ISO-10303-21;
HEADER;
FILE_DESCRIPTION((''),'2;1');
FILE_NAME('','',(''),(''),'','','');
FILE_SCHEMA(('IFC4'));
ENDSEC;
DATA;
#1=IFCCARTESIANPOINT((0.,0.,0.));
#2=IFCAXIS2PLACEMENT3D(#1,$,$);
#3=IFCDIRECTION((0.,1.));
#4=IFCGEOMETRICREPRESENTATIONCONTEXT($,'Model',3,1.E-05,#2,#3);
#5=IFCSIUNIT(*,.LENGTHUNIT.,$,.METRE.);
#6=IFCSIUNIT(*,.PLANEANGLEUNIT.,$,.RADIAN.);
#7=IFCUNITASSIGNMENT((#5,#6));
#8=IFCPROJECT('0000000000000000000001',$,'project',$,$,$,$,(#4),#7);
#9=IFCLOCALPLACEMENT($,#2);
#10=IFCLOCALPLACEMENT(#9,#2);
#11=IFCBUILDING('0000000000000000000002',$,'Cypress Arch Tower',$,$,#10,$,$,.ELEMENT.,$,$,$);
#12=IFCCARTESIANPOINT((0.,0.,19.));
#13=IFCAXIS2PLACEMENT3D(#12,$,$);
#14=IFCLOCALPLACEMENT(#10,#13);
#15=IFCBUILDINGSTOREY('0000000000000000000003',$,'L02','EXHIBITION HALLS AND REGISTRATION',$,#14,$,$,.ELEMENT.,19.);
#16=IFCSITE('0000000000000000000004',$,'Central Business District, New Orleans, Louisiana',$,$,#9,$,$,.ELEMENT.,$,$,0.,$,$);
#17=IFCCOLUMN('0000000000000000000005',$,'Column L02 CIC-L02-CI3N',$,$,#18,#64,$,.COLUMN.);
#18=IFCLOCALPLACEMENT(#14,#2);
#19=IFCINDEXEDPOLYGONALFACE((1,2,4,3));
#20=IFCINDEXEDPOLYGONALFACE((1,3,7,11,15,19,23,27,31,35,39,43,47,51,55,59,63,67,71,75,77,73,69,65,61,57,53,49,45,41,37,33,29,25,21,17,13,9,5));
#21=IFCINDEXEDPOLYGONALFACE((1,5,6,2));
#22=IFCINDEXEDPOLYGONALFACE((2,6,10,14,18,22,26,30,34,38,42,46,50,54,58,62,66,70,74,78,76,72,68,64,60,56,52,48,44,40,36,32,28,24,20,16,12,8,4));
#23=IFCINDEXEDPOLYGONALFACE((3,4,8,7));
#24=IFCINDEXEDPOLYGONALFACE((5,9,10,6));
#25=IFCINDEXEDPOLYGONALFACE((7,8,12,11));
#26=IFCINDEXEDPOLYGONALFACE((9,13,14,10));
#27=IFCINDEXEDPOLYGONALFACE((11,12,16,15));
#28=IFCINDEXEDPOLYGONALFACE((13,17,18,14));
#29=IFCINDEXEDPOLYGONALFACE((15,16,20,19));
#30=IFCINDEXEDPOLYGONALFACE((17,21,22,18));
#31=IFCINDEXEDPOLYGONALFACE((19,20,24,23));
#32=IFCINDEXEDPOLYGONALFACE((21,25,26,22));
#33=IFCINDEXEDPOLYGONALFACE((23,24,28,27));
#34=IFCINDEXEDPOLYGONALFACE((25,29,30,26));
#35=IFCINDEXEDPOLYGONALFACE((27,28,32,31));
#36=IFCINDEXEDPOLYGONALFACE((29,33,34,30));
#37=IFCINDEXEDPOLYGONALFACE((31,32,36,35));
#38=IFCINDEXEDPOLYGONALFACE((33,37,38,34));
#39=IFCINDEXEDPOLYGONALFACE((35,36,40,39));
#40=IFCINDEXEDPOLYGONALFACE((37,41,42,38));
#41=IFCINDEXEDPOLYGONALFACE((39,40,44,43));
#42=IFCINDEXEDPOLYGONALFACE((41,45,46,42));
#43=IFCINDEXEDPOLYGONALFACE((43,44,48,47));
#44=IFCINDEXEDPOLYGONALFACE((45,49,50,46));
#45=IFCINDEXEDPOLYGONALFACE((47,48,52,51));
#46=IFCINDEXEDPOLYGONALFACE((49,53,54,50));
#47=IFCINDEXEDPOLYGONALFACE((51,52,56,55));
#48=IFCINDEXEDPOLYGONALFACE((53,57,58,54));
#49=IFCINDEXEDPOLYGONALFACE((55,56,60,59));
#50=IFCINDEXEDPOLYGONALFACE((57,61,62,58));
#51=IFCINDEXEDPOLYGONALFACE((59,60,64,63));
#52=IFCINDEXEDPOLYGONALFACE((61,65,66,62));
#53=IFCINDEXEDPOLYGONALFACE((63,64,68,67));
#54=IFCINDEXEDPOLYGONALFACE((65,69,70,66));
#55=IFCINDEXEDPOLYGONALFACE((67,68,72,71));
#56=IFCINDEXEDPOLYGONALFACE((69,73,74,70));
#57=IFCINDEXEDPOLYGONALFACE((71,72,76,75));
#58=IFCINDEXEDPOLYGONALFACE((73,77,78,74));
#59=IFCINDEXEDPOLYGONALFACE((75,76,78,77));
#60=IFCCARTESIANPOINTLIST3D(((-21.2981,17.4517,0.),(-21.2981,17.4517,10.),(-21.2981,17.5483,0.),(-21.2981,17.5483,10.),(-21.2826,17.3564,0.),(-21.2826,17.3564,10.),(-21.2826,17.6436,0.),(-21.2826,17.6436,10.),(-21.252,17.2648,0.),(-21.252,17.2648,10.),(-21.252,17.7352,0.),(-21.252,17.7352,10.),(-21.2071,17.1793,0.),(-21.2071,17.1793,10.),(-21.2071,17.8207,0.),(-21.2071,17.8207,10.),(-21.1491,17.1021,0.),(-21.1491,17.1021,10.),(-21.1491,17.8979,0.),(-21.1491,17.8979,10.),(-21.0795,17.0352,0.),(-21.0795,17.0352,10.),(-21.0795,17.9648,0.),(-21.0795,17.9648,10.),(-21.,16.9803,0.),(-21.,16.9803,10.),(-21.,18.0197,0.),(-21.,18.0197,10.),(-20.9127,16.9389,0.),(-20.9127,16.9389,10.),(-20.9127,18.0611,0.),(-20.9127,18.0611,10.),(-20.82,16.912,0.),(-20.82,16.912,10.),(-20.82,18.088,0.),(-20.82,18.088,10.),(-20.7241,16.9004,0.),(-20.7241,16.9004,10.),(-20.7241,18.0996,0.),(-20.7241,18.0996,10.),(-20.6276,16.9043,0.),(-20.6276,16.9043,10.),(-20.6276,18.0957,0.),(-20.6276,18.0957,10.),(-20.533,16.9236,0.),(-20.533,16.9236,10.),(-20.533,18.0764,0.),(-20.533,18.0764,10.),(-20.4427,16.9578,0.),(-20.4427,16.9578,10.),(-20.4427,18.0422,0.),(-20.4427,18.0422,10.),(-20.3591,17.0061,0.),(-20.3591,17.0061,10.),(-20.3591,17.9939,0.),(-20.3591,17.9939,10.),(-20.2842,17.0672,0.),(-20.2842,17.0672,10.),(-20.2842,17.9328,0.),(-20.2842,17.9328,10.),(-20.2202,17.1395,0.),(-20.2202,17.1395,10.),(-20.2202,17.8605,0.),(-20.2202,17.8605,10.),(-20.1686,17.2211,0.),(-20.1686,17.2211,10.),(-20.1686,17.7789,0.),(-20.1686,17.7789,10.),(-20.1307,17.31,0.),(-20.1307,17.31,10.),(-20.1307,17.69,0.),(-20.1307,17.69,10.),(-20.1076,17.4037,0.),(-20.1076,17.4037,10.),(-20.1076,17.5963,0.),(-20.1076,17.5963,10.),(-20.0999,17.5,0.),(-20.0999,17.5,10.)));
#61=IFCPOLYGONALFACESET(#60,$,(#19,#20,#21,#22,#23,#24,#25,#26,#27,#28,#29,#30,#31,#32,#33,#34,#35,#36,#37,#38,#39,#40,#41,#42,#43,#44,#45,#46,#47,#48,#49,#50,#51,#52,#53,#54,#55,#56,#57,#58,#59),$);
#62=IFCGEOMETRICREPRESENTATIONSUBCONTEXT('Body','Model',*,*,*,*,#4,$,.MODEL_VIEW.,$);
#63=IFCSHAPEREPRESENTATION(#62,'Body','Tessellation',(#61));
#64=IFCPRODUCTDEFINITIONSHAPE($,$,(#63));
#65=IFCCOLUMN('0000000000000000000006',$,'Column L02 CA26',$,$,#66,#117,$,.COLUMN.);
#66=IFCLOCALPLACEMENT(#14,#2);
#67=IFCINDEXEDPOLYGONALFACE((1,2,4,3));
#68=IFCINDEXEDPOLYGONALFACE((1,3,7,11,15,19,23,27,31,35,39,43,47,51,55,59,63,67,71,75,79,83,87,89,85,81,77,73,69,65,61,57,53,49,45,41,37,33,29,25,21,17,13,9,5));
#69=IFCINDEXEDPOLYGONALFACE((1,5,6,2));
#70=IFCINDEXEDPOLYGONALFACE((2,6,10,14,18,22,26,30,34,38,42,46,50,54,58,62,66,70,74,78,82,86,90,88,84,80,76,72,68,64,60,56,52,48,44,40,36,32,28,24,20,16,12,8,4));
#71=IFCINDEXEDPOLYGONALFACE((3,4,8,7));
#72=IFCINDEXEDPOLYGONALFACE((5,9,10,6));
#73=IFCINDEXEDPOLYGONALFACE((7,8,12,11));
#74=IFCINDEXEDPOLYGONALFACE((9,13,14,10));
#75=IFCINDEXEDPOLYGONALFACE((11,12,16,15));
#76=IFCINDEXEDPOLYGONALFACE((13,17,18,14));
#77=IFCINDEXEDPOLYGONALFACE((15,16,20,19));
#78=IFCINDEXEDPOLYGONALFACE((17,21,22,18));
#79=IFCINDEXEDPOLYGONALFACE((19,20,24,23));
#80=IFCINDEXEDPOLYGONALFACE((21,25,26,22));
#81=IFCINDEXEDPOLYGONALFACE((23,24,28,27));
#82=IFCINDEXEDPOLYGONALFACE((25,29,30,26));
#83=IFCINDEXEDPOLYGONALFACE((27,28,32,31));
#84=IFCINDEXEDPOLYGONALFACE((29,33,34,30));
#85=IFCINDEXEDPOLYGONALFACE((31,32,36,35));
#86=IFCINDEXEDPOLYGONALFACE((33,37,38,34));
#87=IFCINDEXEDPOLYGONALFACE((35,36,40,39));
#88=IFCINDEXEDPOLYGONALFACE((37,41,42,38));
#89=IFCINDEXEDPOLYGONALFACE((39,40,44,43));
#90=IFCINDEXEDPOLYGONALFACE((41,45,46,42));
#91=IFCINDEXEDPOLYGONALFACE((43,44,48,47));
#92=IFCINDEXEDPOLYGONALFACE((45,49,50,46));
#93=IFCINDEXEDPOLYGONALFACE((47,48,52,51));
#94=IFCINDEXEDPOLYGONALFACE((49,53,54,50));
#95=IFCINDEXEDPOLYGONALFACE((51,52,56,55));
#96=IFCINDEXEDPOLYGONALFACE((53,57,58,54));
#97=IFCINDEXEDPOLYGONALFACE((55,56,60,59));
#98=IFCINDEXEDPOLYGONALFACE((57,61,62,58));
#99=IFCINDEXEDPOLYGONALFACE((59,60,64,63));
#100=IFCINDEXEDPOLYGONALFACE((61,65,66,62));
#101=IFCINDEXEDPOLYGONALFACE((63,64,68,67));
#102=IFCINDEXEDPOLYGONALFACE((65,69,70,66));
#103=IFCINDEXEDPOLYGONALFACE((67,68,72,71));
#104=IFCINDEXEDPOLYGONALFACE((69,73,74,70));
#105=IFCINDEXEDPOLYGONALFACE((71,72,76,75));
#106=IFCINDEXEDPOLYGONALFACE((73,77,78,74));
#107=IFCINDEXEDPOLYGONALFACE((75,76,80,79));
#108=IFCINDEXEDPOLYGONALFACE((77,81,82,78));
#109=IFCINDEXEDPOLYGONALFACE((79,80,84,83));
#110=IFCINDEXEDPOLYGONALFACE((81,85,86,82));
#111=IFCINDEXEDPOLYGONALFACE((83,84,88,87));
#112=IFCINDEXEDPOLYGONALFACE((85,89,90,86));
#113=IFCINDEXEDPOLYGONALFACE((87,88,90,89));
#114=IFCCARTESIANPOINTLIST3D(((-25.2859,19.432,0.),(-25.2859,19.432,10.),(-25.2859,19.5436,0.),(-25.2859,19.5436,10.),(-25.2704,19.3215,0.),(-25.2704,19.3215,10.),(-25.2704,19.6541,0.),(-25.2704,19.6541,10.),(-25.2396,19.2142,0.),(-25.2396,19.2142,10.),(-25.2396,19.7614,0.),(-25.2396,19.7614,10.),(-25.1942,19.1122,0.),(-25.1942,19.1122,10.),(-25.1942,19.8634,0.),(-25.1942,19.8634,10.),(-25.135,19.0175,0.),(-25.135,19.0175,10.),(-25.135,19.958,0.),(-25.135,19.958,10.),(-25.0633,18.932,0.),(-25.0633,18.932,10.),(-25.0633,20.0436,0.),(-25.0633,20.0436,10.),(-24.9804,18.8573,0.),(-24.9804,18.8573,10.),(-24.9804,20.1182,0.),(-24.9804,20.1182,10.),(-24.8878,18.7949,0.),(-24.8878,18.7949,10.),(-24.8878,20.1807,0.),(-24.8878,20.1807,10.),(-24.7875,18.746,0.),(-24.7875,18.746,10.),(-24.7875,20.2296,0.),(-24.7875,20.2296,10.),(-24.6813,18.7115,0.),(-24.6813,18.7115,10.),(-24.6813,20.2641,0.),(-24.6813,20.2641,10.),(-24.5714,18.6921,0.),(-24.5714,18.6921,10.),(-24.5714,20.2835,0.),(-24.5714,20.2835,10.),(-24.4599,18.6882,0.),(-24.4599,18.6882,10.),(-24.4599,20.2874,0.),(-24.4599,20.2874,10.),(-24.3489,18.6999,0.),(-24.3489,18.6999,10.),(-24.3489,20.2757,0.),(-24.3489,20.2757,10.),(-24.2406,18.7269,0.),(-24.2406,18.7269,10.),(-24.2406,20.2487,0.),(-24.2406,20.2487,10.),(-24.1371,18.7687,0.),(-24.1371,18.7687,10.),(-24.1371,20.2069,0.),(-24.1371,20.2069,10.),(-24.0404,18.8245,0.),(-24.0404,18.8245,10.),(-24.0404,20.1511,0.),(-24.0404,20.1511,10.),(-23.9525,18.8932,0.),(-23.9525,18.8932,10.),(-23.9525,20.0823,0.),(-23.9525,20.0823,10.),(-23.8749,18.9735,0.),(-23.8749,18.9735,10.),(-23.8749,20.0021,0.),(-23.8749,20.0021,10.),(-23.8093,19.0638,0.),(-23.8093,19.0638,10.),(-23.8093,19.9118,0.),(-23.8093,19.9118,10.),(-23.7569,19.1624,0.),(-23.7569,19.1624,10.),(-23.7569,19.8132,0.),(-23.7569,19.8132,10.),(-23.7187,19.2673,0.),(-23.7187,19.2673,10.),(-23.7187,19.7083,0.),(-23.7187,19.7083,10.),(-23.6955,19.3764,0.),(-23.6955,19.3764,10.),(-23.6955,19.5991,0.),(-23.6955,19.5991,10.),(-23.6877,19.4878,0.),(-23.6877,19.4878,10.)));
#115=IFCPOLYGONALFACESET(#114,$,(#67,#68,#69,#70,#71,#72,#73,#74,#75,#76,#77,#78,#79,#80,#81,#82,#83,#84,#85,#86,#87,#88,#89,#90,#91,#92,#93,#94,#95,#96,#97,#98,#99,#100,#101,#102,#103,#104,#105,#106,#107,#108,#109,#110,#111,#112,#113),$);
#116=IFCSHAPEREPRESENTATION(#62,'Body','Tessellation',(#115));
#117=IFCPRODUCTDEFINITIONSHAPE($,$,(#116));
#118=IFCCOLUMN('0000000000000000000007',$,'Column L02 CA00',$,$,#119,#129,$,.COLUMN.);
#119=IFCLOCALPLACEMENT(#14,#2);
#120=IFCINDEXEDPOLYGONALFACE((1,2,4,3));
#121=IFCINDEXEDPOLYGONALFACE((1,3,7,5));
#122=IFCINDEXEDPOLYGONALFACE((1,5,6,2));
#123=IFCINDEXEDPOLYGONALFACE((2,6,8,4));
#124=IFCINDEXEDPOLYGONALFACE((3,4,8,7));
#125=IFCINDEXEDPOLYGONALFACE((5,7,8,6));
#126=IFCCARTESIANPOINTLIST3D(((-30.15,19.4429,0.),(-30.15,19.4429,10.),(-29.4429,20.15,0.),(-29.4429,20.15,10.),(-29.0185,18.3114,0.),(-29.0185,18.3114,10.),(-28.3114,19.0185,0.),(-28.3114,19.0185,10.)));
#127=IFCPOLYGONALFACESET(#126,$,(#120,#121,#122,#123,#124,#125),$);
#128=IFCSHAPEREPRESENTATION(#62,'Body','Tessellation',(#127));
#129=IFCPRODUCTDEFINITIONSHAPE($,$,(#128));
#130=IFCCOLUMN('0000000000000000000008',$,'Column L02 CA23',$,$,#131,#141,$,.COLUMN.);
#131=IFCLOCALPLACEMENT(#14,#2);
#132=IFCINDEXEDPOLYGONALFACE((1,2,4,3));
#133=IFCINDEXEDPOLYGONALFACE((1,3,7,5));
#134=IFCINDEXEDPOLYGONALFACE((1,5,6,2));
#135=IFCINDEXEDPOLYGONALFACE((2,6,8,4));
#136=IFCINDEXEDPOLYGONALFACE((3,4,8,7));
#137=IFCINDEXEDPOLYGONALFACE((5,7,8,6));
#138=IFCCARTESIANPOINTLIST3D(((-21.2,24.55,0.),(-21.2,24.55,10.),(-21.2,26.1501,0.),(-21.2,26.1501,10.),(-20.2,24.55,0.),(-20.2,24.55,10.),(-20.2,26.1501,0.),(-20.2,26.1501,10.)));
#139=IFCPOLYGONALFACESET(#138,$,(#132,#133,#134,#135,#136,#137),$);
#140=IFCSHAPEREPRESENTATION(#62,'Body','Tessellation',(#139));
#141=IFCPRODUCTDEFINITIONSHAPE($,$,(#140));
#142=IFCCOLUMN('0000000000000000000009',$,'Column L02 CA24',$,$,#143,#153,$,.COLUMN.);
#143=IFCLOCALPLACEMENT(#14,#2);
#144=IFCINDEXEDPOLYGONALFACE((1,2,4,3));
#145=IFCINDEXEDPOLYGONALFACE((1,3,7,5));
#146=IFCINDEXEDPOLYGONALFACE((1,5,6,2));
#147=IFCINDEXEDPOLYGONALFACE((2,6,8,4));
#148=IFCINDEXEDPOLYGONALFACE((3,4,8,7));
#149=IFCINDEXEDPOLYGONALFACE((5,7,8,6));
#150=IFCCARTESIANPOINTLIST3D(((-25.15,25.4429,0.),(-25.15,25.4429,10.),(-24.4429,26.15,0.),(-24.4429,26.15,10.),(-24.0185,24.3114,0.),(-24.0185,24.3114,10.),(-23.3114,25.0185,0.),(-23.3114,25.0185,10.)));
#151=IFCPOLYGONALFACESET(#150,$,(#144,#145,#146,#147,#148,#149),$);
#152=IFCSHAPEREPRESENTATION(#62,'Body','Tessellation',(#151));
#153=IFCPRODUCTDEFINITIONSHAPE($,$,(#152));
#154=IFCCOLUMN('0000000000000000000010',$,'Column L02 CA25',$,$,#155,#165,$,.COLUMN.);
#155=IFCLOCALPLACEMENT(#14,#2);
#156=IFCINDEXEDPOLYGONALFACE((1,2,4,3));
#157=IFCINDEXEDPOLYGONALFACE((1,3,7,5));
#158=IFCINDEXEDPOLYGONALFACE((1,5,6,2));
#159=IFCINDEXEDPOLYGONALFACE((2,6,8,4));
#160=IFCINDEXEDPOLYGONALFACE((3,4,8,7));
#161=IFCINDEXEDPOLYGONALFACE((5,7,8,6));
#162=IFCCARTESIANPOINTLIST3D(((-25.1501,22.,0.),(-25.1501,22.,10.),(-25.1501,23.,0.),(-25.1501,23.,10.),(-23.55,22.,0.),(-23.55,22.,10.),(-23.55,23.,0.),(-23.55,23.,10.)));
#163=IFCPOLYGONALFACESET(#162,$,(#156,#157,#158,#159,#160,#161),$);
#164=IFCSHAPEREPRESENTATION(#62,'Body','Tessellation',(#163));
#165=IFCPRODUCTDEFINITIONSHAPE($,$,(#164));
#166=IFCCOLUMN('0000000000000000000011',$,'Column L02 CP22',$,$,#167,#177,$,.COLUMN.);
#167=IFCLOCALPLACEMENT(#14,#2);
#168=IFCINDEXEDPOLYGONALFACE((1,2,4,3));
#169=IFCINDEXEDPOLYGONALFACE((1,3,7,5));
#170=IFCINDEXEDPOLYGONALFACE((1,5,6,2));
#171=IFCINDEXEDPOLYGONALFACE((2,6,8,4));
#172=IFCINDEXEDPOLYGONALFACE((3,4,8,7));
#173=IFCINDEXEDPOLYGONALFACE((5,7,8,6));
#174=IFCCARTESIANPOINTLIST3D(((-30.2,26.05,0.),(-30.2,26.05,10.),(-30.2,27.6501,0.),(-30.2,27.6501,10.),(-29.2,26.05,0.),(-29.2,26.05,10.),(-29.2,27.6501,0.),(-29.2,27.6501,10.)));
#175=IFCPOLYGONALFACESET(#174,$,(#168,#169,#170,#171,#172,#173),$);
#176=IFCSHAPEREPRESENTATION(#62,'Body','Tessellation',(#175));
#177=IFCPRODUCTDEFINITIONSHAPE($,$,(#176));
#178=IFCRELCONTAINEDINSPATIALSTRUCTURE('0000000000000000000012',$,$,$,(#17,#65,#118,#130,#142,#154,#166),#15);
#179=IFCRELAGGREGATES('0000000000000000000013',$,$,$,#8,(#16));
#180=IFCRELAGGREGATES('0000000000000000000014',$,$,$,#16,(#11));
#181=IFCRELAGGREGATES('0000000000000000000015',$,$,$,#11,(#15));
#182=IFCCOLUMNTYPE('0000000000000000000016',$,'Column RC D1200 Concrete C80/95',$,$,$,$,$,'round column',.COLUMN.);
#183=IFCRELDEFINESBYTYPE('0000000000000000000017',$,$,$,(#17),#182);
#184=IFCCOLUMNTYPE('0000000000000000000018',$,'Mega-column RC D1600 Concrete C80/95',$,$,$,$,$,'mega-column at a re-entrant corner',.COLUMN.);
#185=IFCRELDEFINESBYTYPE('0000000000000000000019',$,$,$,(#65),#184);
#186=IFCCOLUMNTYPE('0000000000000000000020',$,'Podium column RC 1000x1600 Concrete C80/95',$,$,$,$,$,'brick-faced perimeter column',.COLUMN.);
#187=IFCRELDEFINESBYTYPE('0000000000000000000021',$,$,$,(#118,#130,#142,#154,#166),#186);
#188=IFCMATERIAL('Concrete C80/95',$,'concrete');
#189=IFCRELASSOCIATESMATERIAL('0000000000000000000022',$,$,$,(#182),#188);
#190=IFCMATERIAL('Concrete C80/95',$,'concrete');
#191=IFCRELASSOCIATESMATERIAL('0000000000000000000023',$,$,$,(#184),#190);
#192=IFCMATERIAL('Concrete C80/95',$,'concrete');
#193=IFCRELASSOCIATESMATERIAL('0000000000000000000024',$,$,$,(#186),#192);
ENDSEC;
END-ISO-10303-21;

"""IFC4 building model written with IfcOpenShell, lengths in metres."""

from ifc_helpers import new_model, si_unit, direction, frame, origin, origin_2d, place, context, subcontext, project, spatial, rectangle, circle, extrude, material, material_profile, profile_set, type_object, element, save


model = new_model("IFC4")

# Units and contexts
model_context = context("Model", 3, precision=1e-05, world=origin(), true_north=direction((0.0, 1.0)))
body_context = subcontext(model_context, "Body", "Model", "MODEL_VIEW")
ifc_project = project(units=[si_unit("LENGTHUNIT", "METRE"), si_unit("PLANEANGLEUNIT", "RADIAN")], contexts=[model_context])

# Site, building, storey
site_placement = place(None, origin())
site = spatial("IfcSite", under=ifc_project, at=site_placement, Name="Central Business District, New Orleans, Louisiana", CompositionType="ELEMENT", RefElevation=0.0)
building_placement = place(site_placement, origin())
building = spatial("IfcBuilding", under=site, at=building_placement, Name="Cypress Arch Tower", CompositionType="ELEMENT")
storey_placement = place(building_placement, frame((0.0, 0.0, 19.0)))
storey = spatial("IfcBuildingStorey", under=building, at=storey_placement, Name="L02", Description="EXHIBITION HALLS AND REGISTRATION", CompositionType="ELEMENT", Elevation=19.0)

# Columns
ifc_material_1 = material(Name="Concrete C80/95", Category="concrete")
ifc_material_profile_1 = material_profile(ifc_material_1, circle(Radius=0.6001, at=origin_2d()), Name="RC D1200")
ifc_profile_set_1 = profile_set([ifc_material_profile_1], Name="Concrete C80/95")
column_type_1 = type_object("IfcColumnType", Name="Column RC D1200 Concrete C80/95", ElementType="round column", PredefinedType="COLUMN", material=ifc_profile_set_1)
column_1_placement = place(storey_placement, frame((-20.7, 17.5, 0.0), z_axis=(0.0, 0.0, 1.0), x_axis=(1.0, 0.0, 0.0)))
element("IfcColumn", 1, at=column_1_placement, inside=storey, type_object=column_type_1, Name="Column L02 CIC-L02-CI3N", PredefinedType="COLUMN", context=body_context, shape_type="SweptSolid", body=[
    extrude(circle(Radius=0.6001, at=origin_2d()), origin(), (0.0, 0.0, 1.0), 10.0),
])
ifc_material_2 = material(Name="Concrete C80/95", Category="concrete")
ifc_material_profile_2 = material_profile(ifc_material_2, circle(Radius=0.8, at=origin_2d()), Name="RC D1600")
ifc_profile_set_2 = profile_set([ifc_material_profile_2], Name="Concrete C80/95")
column_type_2 = type_object("IfcColumnType", Name="Mega-column RC D1600 Concrete C80/95", ElementType="mega-column at a re-entrant corner", PredefinedType="COLUMN", material=ifc_profile_set_2)
column_2_placement = place(storey_placement, frame((-24.4878, 19.4878, 0.0), z_axis=(0.0, 0.0, 1.0), x_axis=(1.0, 0.0, 0.0)))
element("IfcColumn", 2, at=column_2_placement, inside=storey, type_object=column_type_2, Name="Column L02 CA26", PredefinedType="COLUMN", context=body_context, shape_type="SweptSolid", body=[
    extrude(circle(Radius=0.8, at=origin_2d()), origin(), (0.0, 0.0, 1.0), 10.0),
])
ifc_material_3 = material(Name="Concrete C80/95", Category="concrete")
ifc_material_profile_3 = material_profile(ifc_material_3, rectangle(XDim=1.0, YDim=1.6001, at=origin_2d()), Name="RC 1000x1600")
ifc_profile_set_3 = profile_set([ifc_material_profile_3], Name="Concrete C80/95")
column_type_3 = type_object("IfcColumnType", Name="Podium column RC 1000x1600 Concrete C80/95", ElementType="brick-faced perimeter column", PredefinedType="COLUMN", material=ifc_profile_set_3)
for number, where, z_axis, x_axis, name in (
    (3, (-29.2307, 19.2307, 0.0), (0.0, 0.0, 1.0), (-0.707107, -0.707107, 0.0), "Column L02 CA00"),
    (4, (-20.7, 25.3501, 0.0), (0.0, 0.0, 1.0), (-1.0, 0.0, 0.0), "Column L02 CA23"),
    (5, (-24.2307, 25.2307, 0.0), (0.0, 0.0, 1.0), (-0.707107, -0.707107, 0.0), "Column L02 CA24"),
    (6, (-24.3501, 22.5, 0.0), (0.0, 0.0, 1.0), (0.0, -1.0, 0.0), "Column L02 CA25"),
    (7, (-29.7, 26.8501, 0.0), (0.0, 0.0, 1.0), (-1.0, 0.0, 0.0), "Column L02 CP22"),
):
    element("IfcColumn", number, at=place(storey_placement, frame(where, z_axis=z_axis, x_axis=x_axis)), inside=storey, type_object=column_type_3, Name=name, PredefinedType="COLUMN", context=body_context, shape_type="SweptSolid", body=[
        extrude(rectangle(XDim=1.0, YDim=1.6001, at=origin_2d()), origin(), (0.0, 0.0, 1.0), 10.0),
    ])

save(model, "model.ifc")
